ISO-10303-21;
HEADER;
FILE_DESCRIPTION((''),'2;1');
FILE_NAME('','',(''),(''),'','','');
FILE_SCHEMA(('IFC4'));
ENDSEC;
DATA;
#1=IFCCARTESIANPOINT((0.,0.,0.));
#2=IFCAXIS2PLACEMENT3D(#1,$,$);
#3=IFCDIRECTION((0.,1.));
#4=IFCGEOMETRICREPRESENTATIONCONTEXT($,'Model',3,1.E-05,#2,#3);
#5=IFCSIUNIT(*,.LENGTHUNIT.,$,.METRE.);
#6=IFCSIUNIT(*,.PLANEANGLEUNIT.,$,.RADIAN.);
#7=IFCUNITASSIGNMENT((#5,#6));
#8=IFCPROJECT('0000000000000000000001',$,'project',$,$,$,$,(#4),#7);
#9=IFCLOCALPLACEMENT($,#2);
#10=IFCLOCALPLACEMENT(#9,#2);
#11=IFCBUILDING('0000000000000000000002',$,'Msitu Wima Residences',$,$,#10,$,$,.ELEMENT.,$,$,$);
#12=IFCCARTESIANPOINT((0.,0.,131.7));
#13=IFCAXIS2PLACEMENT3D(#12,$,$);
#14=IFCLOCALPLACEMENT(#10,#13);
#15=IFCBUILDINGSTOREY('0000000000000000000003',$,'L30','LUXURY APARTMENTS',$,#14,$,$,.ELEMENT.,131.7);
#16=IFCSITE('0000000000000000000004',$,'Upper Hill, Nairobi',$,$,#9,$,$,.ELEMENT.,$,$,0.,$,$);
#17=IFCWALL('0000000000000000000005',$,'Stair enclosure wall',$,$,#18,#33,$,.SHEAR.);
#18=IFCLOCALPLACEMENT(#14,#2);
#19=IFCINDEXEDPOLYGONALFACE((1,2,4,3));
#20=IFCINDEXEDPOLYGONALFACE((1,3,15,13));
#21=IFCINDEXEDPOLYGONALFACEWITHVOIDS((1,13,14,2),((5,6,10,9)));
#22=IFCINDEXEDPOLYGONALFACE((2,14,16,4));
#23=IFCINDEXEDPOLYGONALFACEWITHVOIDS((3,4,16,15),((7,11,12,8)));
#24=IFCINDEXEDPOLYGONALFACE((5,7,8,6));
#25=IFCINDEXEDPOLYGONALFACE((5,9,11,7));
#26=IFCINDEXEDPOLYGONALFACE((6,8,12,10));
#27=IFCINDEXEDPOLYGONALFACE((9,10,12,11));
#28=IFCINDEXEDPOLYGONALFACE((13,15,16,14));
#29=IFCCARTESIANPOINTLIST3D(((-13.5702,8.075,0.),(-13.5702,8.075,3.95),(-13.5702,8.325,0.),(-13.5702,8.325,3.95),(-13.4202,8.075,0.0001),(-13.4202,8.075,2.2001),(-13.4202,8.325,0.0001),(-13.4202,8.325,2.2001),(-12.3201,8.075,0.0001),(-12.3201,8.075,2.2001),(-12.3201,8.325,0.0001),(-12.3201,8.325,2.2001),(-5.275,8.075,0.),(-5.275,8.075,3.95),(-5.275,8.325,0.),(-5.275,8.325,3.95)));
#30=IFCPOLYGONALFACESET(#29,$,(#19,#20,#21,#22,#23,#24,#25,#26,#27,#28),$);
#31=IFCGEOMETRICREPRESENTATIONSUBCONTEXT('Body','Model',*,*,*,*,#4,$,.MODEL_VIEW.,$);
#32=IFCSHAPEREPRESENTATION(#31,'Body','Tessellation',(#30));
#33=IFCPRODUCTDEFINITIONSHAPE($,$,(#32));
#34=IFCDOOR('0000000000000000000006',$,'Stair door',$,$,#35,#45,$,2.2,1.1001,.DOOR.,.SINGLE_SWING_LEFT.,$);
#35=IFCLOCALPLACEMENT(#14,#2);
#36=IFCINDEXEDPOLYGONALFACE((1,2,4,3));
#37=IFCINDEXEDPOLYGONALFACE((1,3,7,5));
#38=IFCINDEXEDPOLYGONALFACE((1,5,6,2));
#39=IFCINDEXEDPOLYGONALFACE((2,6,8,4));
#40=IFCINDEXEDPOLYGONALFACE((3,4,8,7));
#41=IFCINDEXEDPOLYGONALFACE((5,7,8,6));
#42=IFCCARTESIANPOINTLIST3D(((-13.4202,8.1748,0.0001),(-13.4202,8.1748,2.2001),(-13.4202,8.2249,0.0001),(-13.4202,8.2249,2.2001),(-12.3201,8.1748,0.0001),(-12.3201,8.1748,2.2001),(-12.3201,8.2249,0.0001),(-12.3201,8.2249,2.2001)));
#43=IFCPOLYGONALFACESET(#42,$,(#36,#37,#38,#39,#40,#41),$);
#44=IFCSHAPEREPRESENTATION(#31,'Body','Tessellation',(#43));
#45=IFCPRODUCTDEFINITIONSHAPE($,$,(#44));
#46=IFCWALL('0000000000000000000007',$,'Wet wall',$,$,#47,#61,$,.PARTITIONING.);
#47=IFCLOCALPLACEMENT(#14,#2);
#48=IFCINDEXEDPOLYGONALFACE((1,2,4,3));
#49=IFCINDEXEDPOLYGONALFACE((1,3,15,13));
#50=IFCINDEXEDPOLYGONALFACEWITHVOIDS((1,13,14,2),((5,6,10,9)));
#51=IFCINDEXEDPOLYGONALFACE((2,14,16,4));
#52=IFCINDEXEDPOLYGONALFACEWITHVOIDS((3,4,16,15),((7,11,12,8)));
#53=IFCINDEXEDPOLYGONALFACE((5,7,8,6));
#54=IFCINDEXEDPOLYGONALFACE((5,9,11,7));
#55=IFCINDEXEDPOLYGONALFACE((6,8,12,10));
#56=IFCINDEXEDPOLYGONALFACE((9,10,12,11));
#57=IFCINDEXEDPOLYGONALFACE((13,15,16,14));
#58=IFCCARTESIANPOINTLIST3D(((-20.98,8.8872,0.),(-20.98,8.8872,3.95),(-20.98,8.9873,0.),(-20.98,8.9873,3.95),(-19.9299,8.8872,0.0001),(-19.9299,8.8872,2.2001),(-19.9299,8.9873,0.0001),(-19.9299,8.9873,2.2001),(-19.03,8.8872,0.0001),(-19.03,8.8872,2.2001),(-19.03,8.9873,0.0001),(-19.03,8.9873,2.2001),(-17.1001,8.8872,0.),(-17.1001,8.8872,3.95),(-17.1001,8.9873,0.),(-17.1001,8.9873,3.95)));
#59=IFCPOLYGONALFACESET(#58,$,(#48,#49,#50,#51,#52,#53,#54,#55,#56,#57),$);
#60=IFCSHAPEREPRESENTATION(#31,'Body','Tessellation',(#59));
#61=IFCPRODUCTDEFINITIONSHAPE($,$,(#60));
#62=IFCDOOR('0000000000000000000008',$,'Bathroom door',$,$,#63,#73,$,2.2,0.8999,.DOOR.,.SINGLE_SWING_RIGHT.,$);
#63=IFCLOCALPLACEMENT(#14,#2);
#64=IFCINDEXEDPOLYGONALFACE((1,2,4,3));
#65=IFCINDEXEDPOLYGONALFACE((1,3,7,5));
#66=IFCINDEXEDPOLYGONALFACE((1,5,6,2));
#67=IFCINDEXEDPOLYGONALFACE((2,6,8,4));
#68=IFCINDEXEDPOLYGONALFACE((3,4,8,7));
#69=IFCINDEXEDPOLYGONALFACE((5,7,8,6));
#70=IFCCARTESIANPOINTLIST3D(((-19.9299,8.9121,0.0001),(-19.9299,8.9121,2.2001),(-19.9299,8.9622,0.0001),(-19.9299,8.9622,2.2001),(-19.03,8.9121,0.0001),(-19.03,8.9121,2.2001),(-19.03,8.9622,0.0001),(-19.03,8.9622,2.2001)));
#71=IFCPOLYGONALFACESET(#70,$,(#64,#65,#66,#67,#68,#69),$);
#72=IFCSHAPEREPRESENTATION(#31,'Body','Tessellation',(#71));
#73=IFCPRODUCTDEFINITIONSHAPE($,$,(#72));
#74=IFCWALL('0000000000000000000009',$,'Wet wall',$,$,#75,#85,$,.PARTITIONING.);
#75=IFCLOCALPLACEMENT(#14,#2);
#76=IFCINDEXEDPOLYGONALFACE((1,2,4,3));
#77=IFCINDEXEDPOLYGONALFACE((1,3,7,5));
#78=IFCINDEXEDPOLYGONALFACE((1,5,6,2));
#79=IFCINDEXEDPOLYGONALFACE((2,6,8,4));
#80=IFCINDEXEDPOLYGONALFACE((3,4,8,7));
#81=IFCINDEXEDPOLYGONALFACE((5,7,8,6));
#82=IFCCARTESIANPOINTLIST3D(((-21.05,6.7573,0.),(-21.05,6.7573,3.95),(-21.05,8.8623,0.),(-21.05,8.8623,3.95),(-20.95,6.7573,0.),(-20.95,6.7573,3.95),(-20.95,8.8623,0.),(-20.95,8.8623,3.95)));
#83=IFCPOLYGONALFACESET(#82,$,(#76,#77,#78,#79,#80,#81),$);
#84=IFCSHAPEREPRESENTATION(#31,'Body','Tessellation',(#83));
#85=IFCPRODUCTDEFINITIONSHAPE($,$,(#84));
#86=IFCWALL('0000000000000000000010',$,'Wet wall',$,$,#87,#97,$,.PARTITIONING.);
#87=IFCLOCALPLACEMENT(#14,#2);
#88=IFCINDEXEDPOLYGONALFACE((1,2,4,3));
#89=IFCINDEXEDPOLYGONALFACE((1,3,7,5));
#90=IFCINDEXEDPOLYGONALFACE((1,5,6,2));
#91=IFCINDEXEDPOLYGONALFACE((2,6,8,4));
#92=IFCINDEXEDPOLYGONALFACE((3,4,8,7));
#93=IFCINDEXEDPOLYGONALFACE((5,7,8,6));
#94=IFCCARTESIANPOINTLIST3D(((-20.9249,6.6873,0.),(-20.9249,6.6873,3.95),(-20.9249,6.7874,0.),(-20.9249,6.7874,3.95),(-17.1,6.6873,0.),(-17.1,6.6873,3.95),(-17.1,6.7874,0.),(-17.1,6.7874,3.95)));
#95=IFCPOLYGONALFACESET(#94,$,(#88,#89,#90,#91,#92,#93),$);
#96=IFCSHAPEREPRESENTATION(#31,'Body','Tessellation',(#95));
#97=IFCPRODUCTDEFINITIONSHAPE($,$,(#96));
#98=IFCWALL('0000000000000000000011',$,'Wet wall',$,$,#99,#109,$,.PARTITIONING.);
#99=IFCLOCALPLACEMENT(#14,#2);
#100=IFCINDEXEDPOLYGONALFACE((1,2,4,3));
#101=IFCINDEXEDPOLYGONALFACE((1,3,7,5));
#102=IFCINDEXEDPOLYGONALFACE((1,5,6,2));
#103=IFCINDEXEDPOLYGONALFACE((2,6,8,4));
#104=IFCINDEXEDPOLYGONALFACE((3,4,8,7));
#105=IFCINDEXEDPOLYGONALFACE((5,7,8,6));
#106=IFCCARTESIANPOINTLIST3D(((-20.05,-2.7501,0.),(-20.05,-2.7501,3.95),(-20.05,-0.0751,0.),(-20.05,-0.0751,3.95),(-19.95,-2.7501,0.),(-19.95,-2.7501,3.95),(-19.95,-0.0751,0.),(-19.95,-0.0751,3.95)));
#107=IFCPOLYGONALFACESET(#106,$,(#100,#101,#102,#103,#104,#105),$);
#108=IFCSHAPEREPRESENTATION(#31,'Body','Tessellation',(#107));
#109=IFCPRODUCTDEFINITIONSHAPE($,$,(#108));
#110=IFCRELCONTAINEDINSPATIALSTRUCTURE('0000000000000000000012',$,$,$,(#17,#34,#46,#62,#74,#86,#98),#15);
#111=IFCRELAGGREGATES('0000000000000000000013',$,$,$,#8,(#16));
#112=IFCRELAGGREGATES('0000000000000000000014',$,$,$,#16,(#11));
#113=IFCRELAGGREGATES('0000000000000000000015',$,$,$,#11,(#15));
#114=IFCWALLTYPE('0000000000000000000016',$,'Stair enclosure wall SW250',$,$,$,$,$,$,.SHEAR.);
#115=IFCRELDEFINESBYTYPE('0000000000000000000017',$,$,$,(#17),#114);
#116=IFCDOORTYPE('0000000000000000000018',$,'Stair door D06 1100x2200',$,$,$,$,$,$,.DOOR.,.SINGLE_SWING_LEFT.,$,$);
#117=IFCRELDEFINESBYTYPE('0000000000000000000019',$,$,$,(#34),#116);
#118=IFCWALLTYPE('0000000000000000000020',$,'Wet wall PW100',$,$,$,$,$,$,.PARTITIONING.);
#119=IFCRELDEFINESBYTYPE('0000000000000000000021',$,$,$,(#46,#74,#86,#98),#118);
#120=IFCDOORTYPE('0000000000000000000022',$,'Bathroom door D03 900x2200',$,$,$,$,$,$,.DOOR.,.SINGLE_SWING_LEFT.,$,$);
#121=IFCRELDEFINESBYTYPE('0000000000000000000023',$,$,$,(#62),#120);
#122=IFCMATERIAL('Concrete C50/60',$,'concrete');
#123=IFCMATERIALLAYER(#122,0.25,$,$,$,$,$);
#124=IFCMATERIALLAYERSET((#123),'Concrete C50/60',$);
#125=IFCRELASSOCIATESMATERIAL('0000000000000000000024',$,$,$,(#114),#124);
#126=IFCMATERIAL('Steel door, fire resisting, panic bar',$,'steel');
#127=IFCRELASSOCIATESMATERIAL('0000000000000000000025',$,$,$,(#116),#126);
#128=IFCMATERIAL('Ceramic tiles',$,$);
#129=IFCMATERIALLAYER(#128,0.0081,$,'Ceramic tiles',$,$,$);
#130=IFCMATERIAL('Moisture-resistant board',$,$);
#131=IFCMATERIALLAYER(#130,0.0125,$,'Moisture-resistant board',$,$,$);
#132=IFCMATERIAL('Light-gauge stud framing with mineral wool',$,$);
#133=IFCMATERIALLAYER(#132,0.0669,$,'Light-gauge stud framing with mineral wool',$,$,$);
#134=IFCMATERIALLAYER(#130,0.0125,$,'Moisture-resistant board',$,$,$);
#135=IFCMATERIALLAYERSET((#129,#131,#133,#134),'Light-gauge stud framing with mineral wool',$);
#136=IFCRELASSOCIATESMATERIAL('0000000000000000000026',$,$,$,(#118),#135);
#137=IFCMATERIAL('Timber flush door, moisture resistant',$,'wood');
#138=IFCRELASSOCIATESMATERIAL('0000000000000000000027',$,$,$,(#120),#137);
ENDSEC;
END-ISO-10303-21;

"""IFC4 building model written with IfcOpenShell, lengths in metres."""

from ifc_helpers import new_model, si_unit, direction, frame, frame_2d, origin, place, context, subcontext, project, spatial, rectangle, extrude, material, layer, layer_set, type_object, element, fill, save


model = new_model("IFC4")

# Units and contexts
model_context = context("Model", 3, precision=1e-05, world=origin(), true_north=direction((0.0, 1.0)))
body_context = subcontext(model_context, "Body", "Model", "MODEL_VIEW")
ifc_project = project(units=[si_unit("LENGTHUNIT", "METRE"), si_unit("PLANEANGLEUNIT", "RADIAN")], contexts=[model_context])

# Site, building, storey
site_placement = place(None, origin())
site = spatial("IfcSite", under=ifc_project, at=site_placement, Name="Upper Hill, Nairobi", CompositionType="ELEMENT", RefElevation=0.0)
building_placement = place(site_placement, origin())
building = spatial("IfcBuilding", under=site, at=building_placement, Name="Msitu Wima Residences", CompositionType="ELEMENT")
storey_placement = place(building_placement, frame((0.0, 0.0, 131.7)))
storey = spatial("IfcBuildingStorey", under=building, at=storey_placement, Name="L30", Description="LUXURY APARTMENTS", CompositionType="ELEMENT", Elevation=131.7)

# Shared definitions
ifc_material_1 = material(Name="Light-gauge stud framing with mineral wool")

# Walls, openings, doors
ifc_material_2 = material(Name="Concrete C50/60", Category="concrete")
ifc_layer_1 = layer(ifc_material_2, 0.25)
ifc_layer_set_1 = layer_set([ifc_layer_1], Name="Concrete C50/60")
wall_type_1 = type_object("IfcWallType", Name="Stair enclosure wall SW250", PredefinedType="SHEAR", material=ifc_layer_set_1)
wall_1_placement = place(storey_placement, frame((-13.5701, 8.2, 0.0), z_axis=(0.0, 0.0, 1.0), x_axis=(1.0, 0.0, 0.0)))
wall_1 = element("IfcWall", 1, at=wall_1_placement, inside=storey, type_object=wall_type_1, Name="Stair enclosure wall", PredefinedType="SHEAR", context=body_context, shape_type="SweptSolid", body=[
    extrude(rectangle(XDim=8.2952, YDim=0.25, at=frame_2d((4.1475, 0.0))), origin(), (0.0, 0.0, 1.0), 3.95),
])
opening_1_placement = place(wall_1_placement, frame((0.1499, 0.0, 0.0)))
opening_1 = element("IfcOpeningElement", 2, at=opening_1_placement, cuts=wall_1, PredefinedType="OPENING", context=body_context, shape_type="SweptSolid", body=[
    extrude(rectangle(XDim=1.1001, YDim=2.2, at=frame_2d((0.55, 1.1001))), frame((0.0, 0.135, 0.0), z_axis=(0.0, -1.0, 0.0), x_axis=(1.0, 0.0, 0.0)), (0.0, 0.0, 1.0), 0.27),
])
ifc_material_3 = material(Name="Steel door, fire resisting, panic bar", Category="steel")
door_type_1 = type_object("IfcDoorType", Name="Stair door D06 1100x2200", OperationType="SINGLE_SWING_LEFT", PredefinedType="DOOR", material=ifc_material_3)
door_1_placement = place(opening_1_placement, origin())
door_1 = element("IfcDoor", 3, at=door_1_placement, inside=storey, type_object=door_type_1, Name="Stair door", OperationType="SINGLE_SWING_LEFT", OverallHeight=2.2, OverallWidth=1.1001, PredefinedType="DOOR", context=body_context, shape_type="SweptSolid", body=[
    extrude(rectangle(XDim=1.1001, YDim=2.2, at=frame_2d((0.55, 1.1001))), frame((0.0, 0.0249, 0.0), z_axis=(0.0, -1.0, 0.0), x_axis=(1.0, 0.0, 0.0)), (0.0, 0.0, 1.0), 0.05),
])
fill(opening_1, door_1)
ifc_material_4 = material(Name="Ceramic tiles")
ifc_layer_2 = layer(ifc_material_4, 0.0081, Name="Ceramic tiles")
ifc_material_5 = material(Name="Moisture-resistant board")
ifc_layer_3 = layer(ifc_material_5, 0.0125, Name="Moisture-resistant board")
ifc_layer_4 = layer(ifc_material_1, 0.0669, Name="Light-gauge stud framing with mineral wool")
ifc_layer_5 = layer(ifc_material_5, 0.0125, Name="Moisture-resistant board")
ifc_layer_set_2 = layer_set([ifc_layer_2, ifc_layer_3, ifc_layer_4, ifc_layer_5], Name="Light-gauge stud framing with mineral wool")
wall_type_2 = type_object("IfcWallType", Name="Wet wall PW100", PredefinedType="PARTITIONING", material=ifc_layer_set_2)
wall_2_placement = place(storey_placement, frame((-20.98, 8.9373, 0.0), z_axis=(0.0, 0.0, 1.0), x_axis=(1.0, 0.0, 0.0)))
wall_2 = element("IfcWall", 4, at=wall_2_placement, inside=storey, type_object=wall_type_2, Name="Wet wall", PredefinedType="PARTITIONING", context=body_context, shape_type="SweptSolid", body=[
    extrude(rectangle(XDim=3.8799, YDim=0.1001, at=frame_2d((1.9399, 0.0))), origin(), (0.0, 0.0, 1.0), 3.95),
])
opening_2_placement = place(wall_2_placement, frame((1.05, 0.0, 0.0)))
opening_2 = element("IfcOpeningElement", 5, at=opening_2_placement, cuts=wall_2, PredefinedType="OPENING", context=body_context, shape_type="SweptSolid", body=[
    extrude(rectangle(XDim=0.8999, YDim=2.2, at=frame_2d((0.45, 1.1001))), frame((0.0, 0.0601, 0.0), z_axis=(0.0, -1.0, 0.0), x_axis=(1.0, 0.0, 0.0)), (0.0, 0.0, 1.0), 0.1201),
])
ifc_material_6 = material(Name="Timber flush door, moisture resistant", Category="wood")
door_type_2 = type_object("IfcDoorType", Name="Bathroom door D03 900x2200", OperationType="SINGLE_SWING_LEFT", PredefinedType="DOOR", material=ifc_material_6)
door_2_placement = place(opening_2_placement, origin())
door_2 = element("IfcDoor", 6, at=door_2_placement, inside=storey, type_object=door_type_2, Name="Bathroom door", OperationType="SINGLE_SWING_RIGHT", OverallHeight=2.2, OverallWidth=0.8999, PredefinedType="DOOR", context=body_context, shape_type="SweptSolid", body=[
    extrude(rectangle(XDim=0.8999, YDim=2.2, at=frame_2d((0.45, 1.1001))), frame((0.0, 0.0249, 0.0), z_axis=(0.0, -1.0, 0.0), x_axis=(1.0, 0.0, 0.0)), (0.0, 0.0, 1.0), 0.05),
])
fill(opening_2, door_2)

# Walls
wall_3_placement = place(storey_placement, frame((-21.0, 6.7573, 0.0), z_axis=(0.0, 0.0, 1.0), x_axis=(0.0, 1.0, 0.0)))
element("IfcWall", 7, at=wall_3_placement, inside=storey, type_object=wall_type_2, Name="Wet wall", PredefinedType="PARTITIONING", context=body_context, shape_type="SweptSolid", body=[
    extrude(rectangle(XDim=2.105, YDim=0.1001, at=frame_2d((1.0525, 0.0))), origin(), (0.0, 0.0, 1.0), 3.95),
])
wall_4_placement = place(storey_placement, frame((-20.925, 6.7373, 0.0), z_axis=(0.0, 0.0, 1.0), x_axis=(1.0, 0.0, 0.0)))
element("IfcWall", 8, at=wall_4_placement, inside=storey, type_object=wall_type_2, Name="Wet wall", PredefinedType="PARTITIONING", context=body_context, shape_type="SweptSolid", body=[
    extrude(rectangle(XDim=3.825, YDim=0.1001, at=frame_2d((1.9126, 0.0))), origin(), (0.0, 0.0, 1.0), 3.95),
])
wall_5_placement = place(storey_placement, frame((-20.0, -2.75, 0.0), z_axis=(0.0, 0.0, 1.0), x_axis=(0.0, 1.0, 0.0)))
element("IfcWall", 9, at=wall_5_placement, inside=storey, type_object=wall_type_2, Name="Wet wall", PredefinedType="PARTITIONING", context=body_context, shape_type="SweptSolid", body=[
    extrude(rectangle(XDim=2.675, YDim=0.1001, at=frame_2d((1.3374, 0.0))), origin(), (0.0, 0.0, 1.0), 3.95),
])

save(model, "model.ifc")
